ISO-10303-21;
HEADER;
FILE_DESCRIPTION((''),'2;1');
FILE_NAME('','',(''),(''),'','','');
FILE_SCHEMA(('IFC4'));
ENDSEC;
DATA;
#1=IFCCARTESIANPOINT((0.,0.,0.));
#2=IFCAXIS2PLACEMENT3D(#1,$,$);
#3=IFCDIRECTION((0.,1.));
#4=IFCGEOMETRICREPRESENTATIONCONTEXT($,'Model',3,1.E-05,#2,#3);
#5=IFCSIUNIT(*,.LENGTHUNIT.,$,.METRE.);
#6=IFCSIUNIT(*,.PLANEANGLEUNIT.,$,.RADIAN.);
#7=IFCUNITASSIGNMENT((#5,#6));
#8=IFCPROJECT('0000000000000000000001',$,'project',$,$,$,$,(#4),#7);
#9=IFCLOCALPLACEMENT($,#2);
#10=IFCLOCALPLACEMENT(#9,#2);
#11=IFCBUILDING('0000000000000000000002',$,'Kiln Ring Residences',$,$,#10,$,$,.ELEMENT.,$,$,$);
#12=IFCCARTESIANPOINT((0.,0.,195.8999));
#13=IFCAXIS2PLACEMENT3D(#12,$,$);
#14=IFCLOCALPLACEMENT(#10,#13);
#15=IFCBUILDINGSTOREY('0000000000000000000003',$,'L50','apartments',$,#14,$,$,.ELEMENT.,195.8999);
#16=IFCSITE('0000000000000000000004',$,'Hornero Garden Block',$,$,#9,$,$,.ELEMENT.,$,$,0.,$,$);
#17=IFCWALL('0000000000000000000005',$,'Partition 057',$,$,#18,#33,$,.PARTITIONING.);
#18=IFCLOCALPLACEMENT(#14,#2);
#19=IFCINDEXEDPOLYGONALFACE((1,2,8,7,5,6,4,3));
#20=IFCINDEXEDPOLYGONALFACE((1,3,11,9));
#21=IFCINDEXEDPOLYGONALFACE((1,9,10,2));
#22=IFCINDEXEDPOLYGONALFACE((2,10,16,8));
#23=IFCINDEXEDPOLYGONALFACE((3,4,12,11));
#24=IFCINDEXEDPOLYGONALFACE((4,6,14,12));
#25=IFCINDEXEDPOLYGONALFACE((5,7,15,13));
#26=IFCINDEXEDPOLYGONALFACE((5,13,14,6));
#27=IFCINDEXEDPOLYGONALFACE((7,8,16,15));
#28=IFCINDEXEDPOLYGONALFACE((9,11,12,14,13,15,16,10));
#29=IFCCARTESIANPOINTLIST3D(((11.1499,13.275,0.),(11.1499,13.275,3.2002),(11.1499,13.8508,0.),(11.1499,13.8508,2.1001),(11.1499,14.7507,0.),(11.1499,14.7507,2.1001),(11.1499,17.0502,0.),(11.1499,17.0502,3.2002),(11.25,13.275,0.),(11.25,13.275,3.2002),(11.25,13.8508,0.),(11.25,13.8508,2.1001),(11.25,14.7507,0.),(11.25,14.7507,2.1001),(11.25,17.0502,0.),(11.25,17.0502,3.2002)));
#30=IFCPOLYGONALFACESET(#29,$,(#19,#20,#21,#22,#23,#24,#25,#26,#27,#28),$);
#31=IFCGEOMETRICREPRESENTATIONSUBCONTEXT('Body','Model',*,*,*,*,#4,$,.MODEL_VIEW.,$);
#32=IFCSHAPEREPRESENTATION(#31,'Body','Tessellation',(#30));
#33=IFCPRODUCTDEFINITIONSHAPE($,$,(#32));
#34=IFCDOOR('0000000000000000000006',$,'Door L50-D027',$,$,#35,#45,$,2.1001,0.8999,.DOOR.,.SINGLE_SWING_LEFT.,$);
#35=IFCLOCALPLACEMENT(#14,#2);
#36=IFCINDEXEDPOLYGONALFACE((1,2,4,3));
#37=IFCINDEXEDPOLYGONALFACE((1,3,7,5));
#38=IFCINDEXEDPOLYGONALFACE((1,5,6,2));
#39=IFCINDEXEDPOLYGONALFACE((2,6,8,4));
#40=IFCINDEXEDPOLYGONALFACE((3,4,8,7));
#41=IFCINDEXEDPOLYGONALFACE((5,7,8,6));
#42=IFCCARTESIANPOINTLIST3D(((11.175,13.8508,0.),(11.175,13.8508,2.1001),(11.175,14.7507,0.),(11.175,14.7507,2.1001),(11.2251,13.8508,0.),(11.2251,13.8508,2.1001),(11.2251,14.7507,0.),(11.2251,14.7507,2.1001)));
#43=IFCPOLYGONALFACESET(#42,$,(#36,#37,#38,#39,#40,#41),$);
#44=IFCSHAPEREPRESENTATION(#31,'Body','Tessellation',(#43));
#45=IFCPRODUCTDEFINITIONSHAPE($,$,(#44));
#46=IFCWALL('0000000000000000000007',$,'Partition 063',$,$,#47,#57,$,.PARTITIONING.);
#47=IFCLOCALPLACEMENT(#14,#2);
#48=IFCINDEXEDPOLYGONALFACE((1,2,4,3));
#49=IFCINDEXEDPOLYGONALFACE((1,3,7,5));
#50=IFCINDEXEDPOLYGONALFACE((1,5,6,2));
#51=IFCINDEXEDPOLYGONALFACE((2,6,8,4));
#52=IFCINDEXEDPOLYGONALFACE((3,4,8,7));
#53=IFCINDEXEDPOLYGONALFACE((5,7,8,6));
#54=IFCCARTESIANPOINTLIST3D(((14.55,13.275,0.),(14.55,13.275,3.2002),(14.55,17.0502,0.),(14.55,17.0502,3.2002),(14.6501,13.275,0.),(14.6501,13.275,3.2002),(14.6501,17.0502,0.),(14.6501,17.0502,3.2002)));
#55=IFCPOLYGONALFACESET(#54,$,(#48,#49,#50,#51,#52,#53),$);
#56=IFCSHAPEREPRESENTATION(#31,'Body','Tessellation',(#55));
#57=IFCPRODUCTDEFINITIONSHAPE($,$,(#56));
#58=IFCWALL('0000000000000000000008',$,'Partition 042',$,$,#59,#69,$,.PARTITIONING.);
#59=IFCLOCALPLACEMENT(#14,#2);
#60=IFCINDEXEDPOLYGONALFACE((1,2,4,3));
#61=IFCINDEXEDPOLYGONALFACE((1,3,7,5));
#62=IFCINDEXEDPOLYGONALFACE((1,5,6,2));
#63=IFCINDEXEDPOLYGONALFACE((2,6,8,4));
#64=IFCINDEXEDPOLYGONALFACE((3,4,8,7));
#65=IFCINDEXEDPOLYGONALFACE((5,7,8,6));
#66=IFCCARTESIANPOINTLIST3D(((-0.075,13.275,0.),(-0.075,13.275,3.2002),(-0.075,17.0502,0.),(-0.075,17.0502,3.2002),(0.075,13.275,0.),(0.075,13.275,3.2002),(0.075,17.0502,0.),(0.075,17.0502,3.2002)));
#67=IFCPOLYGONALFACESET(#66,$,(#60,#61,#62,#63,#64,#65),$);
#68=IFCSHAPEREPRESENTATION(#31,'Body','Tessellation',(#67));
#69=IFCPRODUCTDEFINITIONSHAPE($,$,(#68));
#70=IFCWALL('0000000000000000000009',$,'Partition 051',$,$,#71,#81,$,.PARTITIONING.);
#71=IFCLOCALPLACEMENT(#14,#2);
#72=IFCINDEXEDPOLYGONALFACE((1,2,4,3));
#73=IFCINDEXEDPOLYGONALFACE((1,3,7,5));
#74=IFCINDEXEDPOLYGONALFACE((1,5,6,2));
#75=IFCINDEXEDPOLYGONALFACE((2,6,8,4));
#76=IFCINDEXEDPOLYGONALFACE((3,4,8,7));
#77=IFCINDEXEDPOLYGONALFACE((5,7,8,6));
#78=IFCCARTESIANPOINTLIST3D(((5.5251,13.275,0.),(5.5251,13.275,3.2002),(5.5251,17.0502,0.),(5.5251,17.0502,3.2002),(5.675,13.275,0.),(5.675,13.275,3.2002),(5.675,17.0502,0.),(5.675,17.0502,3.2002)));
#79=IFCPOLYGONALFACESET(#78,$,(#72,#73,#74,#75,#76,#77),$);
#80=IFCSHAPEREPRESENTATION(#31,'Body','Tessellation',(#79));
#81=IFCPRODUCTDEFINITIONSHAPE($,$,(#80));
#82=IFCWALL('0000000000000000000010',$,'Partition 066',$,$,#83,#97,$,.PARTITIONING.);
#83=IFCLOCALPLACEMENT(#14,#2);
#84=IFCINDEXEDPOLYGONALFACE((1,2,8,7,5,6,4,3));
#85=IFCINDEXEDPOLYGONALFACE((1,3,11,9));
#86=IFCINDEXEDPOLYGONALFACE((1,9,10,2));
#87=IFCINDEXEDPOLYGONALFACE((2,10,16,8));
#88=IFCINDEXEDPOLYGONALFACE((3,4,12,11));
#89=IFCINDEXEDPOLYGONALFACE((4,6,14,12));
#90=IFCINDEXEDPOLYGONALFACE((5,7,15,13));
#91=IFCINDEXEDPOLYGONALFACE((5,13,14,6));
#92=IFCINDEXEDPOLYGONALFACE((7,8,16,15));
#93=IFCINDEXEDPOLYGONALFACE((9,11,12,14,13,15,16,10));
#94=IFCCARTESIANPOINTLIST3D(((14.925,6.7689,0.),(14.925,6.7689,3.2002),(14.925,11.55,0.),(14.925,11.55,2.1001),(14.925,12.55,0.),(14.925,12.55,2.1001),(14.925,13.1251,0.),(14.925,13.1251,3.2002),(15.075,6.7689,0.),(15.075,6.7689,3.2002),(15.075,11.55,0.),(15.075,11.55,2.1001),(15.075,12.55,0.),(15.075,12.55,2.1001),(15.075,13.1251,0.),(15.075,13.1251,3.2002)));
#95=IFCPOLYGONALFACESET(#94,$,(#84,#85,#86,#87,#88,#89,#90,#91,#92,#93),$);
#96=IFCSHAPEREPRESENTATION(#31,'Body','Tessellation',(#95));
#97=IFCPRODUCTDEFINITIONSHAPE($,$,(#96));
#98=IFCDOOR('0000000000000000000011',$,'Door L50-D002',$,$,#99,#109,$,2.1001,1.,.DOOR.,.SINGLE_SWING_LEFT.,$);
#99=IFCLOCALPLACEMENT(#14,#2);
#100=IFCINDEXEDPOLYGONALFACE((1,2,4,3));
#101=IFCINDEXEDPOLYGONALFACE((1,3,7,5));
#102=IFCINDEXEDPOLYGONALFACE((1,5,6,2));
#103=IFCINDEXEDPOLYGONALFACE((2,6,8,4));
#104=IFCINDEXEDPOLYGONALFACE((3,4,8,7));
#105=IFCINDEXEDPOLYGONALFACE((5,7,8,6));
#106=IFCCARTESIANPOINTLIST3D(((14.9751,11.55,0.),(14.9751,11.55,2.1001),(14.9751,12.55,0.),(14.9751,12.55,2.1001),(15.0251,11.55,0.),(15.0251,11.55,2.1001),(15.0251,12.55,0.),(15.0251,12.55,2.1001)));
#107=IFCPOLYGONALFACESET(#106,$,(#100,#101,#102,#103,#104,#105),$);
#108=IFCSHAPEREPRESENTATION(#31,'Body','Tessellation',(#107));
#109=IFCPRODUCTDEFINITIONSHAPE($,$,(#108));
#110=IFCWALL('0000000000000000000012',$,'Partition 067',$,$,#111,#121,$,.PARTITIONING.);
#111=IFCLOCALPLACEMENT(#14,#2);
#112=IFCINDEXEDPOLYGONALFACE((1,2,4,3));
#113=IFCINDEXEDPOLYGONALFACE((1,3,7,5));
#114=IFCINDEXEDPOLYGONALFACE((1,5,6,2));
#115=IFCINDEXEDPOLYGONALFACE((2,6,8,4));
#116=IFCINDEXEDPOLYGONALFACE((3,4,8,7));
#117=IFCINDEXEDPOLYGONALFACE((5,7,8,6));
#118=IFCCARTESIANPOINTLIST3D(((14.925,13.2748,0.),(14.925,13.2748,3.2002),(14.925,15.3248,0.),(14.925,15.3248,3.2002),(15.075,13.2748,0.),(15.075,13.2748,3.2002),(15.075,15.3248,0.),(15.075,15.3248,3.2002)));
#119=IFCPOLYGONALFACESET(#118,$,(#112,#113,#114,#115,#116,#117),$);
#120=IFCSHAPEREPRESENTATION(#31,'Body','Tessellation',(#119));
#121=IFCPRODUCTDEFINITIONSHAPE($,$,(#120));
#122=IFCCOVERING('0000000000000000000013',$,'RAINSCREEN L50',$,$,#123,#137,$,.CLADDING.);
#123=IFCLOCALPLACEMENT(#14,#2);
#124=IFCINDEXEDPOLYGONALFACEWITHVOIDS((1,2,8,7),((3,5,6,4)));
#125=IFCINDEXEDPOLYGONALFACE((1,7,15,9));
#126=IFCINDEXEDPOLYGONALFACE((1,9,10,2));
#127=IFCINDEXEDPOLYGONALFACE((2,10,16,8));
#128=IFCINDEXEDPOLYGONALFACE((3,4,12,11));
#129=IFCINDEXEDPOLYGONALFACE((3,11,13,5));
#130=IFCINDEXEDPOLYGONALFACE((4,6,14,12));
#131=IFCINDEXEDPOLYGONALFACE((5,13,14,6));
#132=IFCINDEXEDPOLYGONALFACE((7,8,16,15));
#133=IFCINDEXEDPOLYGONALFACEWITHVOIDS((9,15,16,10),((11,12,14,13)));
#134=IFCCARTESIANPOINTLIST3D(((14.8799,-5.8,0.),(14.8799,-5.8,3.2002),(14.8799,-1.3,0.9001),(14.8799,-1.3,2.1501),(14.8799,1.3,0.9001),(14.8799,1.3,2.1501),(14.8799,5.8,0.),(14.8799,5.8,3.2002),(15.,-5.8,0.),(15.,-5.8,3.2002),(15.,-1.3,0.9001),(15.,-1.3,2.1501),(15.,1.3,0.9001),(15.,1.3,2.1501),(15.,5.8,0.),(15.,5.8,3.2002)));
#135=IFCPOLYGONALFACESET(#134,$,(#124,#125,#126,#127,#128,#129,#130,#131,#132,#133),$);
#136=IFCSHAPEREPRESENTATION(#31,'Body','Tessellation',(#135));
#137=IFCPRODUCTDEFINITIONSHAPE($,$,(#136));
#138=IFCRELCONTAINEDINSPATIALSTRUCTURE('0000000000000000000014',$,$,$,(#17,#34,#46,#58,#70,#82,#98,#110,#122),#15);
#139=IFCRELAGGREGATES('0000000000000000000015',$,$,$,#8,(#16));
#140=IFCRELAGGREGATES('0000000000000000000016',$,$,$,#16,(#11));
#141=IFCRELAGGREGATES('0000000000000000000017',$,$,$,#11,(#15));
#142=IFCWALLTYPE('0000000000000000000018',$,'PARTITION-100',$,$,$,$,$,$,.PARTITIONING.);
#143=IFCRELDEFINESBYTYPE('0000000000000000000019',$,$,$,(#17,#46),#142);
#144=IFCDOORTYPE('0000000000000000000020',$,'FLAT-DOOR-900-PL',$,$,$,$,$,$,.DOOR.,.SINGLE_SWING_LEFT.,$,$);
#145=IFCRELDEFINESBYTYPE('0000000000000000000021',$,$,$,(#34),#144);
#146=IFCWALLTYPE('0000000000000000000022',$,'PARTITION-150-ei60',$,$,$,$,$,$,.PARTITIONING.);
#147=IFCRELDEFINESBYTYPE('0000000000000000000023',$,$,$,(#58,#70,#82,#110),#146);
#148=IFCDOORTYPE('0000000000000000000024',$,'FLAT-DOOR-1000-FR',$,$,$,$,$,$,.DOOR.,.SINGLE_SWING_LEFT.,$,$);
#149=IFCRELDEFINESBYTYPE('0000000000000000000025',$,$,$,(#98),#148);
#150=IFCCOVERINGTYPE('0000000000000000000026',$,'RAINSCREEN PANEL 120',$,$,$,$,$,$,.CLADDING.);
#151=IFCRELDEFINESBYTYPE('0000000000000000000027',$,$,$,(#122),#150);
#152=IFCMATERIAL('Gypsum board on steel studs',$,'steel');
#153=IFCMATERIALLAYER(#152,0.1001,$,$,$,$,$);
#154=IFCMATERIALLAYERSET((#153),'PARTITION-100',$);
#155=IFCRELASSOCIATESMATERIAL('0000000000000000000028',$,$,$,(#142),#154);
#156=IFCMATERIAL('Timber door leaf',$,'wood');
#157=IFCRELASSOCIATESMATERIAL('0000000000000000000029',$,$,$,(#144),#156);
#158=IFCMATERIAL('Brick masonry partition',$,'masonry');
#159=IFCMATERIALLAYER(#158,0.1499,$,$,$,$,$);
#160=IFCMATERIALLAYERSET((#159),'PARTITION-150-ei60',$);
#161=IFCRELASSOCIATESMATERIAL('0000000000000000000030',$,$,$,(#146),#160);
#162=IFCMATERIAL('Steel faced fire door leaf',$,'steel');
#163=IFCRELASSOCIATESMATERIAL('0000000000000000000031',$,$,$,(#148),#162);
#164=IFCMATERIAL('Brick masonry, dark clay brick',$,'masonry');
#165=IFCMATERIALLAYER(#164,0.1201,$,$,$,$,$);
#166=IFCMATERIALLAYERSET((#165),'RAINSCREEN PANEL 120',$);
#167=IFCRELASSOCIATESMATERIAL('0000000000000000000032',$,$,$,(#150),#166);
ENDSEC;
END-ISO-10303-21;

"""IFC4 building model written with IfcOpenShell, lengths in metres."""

from ifc_helpers import new_model, si_unit, direction, frame, frame_2d, origin, place, context, subcontext, project, spatial, polyline, rectangle, outline, extrude, material, layer, layer_set, type_object, element, fill, save


model = new_model("IFC4")

# Units and contexts
model_context = context("Model", 3, precision=1e-05, world=origin(), true_north=direction((0.0, 1.0)))
body_context = subcontext(model_context, "Body", "Model", "MODEL_VIEW")
ifc_project = project(units=[si_unit("LENGTHUNIT", "METRE"), si_unit("PLANEANGLEUNIT", "RADIAN")], contexts=[model_context])

# Site, building, storey
site_placement = place(None, origin())
site = spatial("IfcSite", under=ifc_project, at=site_placement, Name="Hornero Garden Block", CompositionType="ELEMENT", RefElevation=0.0)
building_placement = place(site_placement, origin())
building = spatial("IfcBuilding", under=site, at=building_placement, Name="Kiln Ring Residences", CompositionType="ELEMENT")
storey_placement = place(building_placement, frame((0.0, 0.0, 195.8999)))
storey = spatial("IfcBuildingStorey", under=building, at=storey_placement, Name="L50", Description="apartments", CompositionType="ELEMENT", Elevation=195.8999)

# Shared definitions
ifc_material_1 = material(Name="Gypsum board on steel studs", Category="steel")
ifc_layer_1 = layer(ifc_material_1, 0.1001)
ifc_layer_set_1 = layer_set([ifc_layer_1], Name="PARTITION-100")
wall_type_1 = type_object("IfcWallType", Name="PARTITION-100", PredefinedType="PARTITIONING", material=ifc_layer_set_1)

# Wall, opening, door
wall_1_placement = place(storey_placement, frame((11.2, 13.2749, 0.0), z_axis=(0.0, 0.0, 1.0), x_axis=(0.0, 1.0, 0.0)))
wall_1 = element("IfcWall", 1, at=wall_1_placement, inside=storey, type_object=wall_type_1, Name="Partition 057", PredefinedType="PARTITIONING", context=body_context, shape_type="SweptSolid", body=[
    extrude(rectangle(XDim=3.7751, YDim=0.1001, at=frame_2d((1.8877, 0.0))), origin(), (0.0, 0.0, 1.0), 3.2002),
])
opening_1_placement = place(wall_1_placement, frame((0.5759, 0.0, 0.0)))
opening_1 = element("IfcOpeningElement", 2, at=opening_1_placement, cuts=wall_1, PredefinedType="OPENING", context=body_context, shape_type="SweptSolid", body=[
    extrude(rectangle(XDim=0.8999, YDim=2.1001, at=frame_2d((0.45, 1.05))), frame((0.0, 0.0601, 0.0), z_axis=(0.0, -1.0, 0.0), x_axis=(1.0, 0.0, 0.0)), (0.0, 0.0, 1.0), 0.1201),
])
ifc_material_2 = material(Name="Timber door leaf", Category="wood")
door_type_1 = type_object("IfcDoorType", Name="FLAT-DOOR-900-PL", OperationType="SINGLE_SWING_LEFT", PredefinedType="DOOR", material=ifc_material_2)
door_1_placement = place(opening_1_placement, origin())
door_1 = element("IfcDoor", 3, at=door_1_placement, inside=storey, type_object=door_type_1, Name="Door L50-D027", OperationType="SINGLE_SWING_LEFT", OverallHeight=2.1001, OverallWidth=0.8999, PredefinedType="DOOR", context=body_context, shape_type="SweptSolid", body=[
    extrude(rectangle(XDim=0.8999, YDim=2.1001, at=frame_2d((0.45, 1.05))), frame((0.0, 0.0249, 0.0), z_axis=(0.0, -1.0, 0.0), x_axis=(1.0, 0.0, 0.0)), (0.0, 0.0, 1.0), 0.05),
])
fill(opening_1, door_1)

# Walls
wall_2_placement = place(storey_placement, frame((14.6001, 13.2749, 0.0), z_axis=(0.0, 0.0, 1.0), x_axis=(0.0, 1.0, 0.0)))
element("IfcWall", 4, at=wall_2_placement, inside=storey, type_object=wall_type_1, Name="Partition 063", PredefinedType="PARTITIONING", context=body_context, shape_type="SweptSolid", body=[
    extrude(rectangle(XDim=3.7751, YDim=0.1001, at=frame_2d((1.8877, 0.0))), origin(), (0.0, 0.0, 1.0), 3.2002),
])
ifc_material_3 = material(Name="Brick masonry partition", Category="masonry")
ifc_layer_2 = layer(ifc_material_3, 0.1499)
ifc_layer_set_2 = layer_set([ifc_layer_2], Name="PARTITION-150-ei60")
wall_type_2 = type_object("IfcWallType", Name="PARTITION-150-ei60", PredefinedType="PARTITIONING", material=ifc_layer_set_2)
for number, where, z_axis, x_axis, name in (
    (5, (0.0, 13.2749, 0.0), (0.0, 0.0, 1.0), (0.0, 1.0, 0.0), "Partition 042"),
    (6, (5.6001, 13.2749, 0.0), (0.0, 0.0, 1.0), (0.0, 1.0, 0.0), "Partition 051"),
):
    element("IfcWall", number, at=place(storey_placement, frame(where, z_axis=z_axis, x_axis=x_axis)), inside=storey, type_object=wall_type_2, Name=name, PredefinedType="PARTITIONING", context=body_context, shape_type="SweptSolid", body=[
        extrude(rectangle(XDim=3.7751, YDim=0.1499, at=frame_2d((1.8877, 0.0))), origin(), (0.0, 0.0, 1.0), 3.2002),
    ])

# Wall, opening, door
wall_3_placement = place(storey_placement, frame((15.0, 6.7688, 0.0), z_axis=(0.0, 0.0, 1.0), x_axis=(0.0, 1.0, 0.0)))
wall_3 = element("IfcWall", 7, at=wall_3_placement, inside=storey, type_object=wall_type_2, Name="Partition 066", PredefinedType="PARTITIONING", context=body_context, shape_type="SweptSolid", body=[
    extrude(rectangle(XDim=6.3562, YDim=0.1499, at=frame_2d((3.1782, 0.0))), origin(), (0.0, 0.0, 1.0), 3.2002),
])
opening_2_placement = place(wall_3_placement, frame((4.7812, 0.0, 0.0)))
opening_2 = element("IfcOpeningElement", 8, at=opening_2_placement, cuts=wall_3, PredefinedType="OPENING", context=body_context, shape_type="SweptSolid", body=[
    extrude(rectangle(XDim=1.0, YDim=2.1001, at=frame_2d((0.5, 1.05))), frame((0.0, 0.085, 0.0), z_axis=(0.0, -1.0, 0.0), x_axis=(1.0, 0.0, 0.0)), (0.0, 0.0, 1.0), 0.1699),
])
ifc_material_4 = material(Name="Steel faced fire door leaf", Category="steel")
door_type_2 = type_object("IfcDoorType", Name="FLAT-DOOR-1000-FR", OperationType="SINGLE_SWING_LEFT", PredefinedType="DOOR", material=ifc_material_4)
door_2_placement = place(opening_2_placement, origin())
door_2 = element("IfcDoor", 9, at=door_2_placement, inside=storey, type_object=door_type_2, Name="Door L50-D002", OperationType="SINGLE_SWING_LEFT", OverallHeight=2.1001, OverallWidth=1.0, PredefinedType="DOOR", context=body_context, shape_type="SweptSolid", body=[
    extrude(rectangle(XDim=1.0, YDim=2.1001, at=frame_2d((0.5, 1.05))), frame((0.0, 0.0249, 0.0), z_axis=(0.0, -1.0, 0.0), x_axis=(1.0, 0.0, 0.0)), (0.0, 0.0, 1.0), 0.05),
])
fill(opening_2, door_2)

# Wall
wall_4_placement = place(storey_placement, frame((15.0, 13.2749, 0.0), z_axis=(0.0, 0.0, 1.0), x_axis=(0.0, 1.0, 0.0)))
element("IfcWall", 10, at=wall_4_placement, inside=storey, type_object=wall_type_2, Name="Partition 067", PredefinedType="PARTITIONING", context=body_context, shape_type="SweptSolid", body=[
    extrude(rectangle(XDim=2.05, YDim=0.1499, at=frame_2d((1.0249, 0.0))), origin(), (0.0, 0.0, 1.0), 3.2002),
])

# Covering
ifc_material_5 = material(Name="Brick masonry, dark clay brick", Category="masonry")
ifc_layer_3 = layer(ifc_material_5, 0.1201)
ifc_layer_set_3 = layer_set([ifc_layer_3], Name="RAINSCREEN PANEL 120")
covering_type = type_object("IfcCoveringType", Name="RAINSCREEN PANEL 120", PredefinedType="CLADDING", material=ifc_layer_set_3)
covering_placement = place(storey_placement, frame((14.9399, 5.8, 0.0), z_axis=(0.0, 0.0, 1.0), x_axis=(0.0, -1.0, 0.0)))
element("IfcCovering", 11, at=covering_placement, inside=storey, type_object=covering_type, Name="RAINSCREEN L50", PredefinedType="CLADDING", context=body_context, shape_type="SweptSolid", body=[
    extrude(outline(polyline([(0.0, 0.0), (11.6001, 0.0), (11.6001, 3.2002), (0.0, 3.2002), (0.0, 0.0)]), holes=[polyline([(4.5, 2.1501), (4.5, 0.9001), (7.1001, 0.9001), (7.1001, 2.1501), (4.5, 2.1501)])]), frame((0.0, 0.0601, 0.0), z_axis=(0.0, -1.0, 0.0), x_axis=(1.0, 0.0, 0.0)), (0.0, 0.0, 1.0), 0.1201),
])

save(model, "model.ifc")
